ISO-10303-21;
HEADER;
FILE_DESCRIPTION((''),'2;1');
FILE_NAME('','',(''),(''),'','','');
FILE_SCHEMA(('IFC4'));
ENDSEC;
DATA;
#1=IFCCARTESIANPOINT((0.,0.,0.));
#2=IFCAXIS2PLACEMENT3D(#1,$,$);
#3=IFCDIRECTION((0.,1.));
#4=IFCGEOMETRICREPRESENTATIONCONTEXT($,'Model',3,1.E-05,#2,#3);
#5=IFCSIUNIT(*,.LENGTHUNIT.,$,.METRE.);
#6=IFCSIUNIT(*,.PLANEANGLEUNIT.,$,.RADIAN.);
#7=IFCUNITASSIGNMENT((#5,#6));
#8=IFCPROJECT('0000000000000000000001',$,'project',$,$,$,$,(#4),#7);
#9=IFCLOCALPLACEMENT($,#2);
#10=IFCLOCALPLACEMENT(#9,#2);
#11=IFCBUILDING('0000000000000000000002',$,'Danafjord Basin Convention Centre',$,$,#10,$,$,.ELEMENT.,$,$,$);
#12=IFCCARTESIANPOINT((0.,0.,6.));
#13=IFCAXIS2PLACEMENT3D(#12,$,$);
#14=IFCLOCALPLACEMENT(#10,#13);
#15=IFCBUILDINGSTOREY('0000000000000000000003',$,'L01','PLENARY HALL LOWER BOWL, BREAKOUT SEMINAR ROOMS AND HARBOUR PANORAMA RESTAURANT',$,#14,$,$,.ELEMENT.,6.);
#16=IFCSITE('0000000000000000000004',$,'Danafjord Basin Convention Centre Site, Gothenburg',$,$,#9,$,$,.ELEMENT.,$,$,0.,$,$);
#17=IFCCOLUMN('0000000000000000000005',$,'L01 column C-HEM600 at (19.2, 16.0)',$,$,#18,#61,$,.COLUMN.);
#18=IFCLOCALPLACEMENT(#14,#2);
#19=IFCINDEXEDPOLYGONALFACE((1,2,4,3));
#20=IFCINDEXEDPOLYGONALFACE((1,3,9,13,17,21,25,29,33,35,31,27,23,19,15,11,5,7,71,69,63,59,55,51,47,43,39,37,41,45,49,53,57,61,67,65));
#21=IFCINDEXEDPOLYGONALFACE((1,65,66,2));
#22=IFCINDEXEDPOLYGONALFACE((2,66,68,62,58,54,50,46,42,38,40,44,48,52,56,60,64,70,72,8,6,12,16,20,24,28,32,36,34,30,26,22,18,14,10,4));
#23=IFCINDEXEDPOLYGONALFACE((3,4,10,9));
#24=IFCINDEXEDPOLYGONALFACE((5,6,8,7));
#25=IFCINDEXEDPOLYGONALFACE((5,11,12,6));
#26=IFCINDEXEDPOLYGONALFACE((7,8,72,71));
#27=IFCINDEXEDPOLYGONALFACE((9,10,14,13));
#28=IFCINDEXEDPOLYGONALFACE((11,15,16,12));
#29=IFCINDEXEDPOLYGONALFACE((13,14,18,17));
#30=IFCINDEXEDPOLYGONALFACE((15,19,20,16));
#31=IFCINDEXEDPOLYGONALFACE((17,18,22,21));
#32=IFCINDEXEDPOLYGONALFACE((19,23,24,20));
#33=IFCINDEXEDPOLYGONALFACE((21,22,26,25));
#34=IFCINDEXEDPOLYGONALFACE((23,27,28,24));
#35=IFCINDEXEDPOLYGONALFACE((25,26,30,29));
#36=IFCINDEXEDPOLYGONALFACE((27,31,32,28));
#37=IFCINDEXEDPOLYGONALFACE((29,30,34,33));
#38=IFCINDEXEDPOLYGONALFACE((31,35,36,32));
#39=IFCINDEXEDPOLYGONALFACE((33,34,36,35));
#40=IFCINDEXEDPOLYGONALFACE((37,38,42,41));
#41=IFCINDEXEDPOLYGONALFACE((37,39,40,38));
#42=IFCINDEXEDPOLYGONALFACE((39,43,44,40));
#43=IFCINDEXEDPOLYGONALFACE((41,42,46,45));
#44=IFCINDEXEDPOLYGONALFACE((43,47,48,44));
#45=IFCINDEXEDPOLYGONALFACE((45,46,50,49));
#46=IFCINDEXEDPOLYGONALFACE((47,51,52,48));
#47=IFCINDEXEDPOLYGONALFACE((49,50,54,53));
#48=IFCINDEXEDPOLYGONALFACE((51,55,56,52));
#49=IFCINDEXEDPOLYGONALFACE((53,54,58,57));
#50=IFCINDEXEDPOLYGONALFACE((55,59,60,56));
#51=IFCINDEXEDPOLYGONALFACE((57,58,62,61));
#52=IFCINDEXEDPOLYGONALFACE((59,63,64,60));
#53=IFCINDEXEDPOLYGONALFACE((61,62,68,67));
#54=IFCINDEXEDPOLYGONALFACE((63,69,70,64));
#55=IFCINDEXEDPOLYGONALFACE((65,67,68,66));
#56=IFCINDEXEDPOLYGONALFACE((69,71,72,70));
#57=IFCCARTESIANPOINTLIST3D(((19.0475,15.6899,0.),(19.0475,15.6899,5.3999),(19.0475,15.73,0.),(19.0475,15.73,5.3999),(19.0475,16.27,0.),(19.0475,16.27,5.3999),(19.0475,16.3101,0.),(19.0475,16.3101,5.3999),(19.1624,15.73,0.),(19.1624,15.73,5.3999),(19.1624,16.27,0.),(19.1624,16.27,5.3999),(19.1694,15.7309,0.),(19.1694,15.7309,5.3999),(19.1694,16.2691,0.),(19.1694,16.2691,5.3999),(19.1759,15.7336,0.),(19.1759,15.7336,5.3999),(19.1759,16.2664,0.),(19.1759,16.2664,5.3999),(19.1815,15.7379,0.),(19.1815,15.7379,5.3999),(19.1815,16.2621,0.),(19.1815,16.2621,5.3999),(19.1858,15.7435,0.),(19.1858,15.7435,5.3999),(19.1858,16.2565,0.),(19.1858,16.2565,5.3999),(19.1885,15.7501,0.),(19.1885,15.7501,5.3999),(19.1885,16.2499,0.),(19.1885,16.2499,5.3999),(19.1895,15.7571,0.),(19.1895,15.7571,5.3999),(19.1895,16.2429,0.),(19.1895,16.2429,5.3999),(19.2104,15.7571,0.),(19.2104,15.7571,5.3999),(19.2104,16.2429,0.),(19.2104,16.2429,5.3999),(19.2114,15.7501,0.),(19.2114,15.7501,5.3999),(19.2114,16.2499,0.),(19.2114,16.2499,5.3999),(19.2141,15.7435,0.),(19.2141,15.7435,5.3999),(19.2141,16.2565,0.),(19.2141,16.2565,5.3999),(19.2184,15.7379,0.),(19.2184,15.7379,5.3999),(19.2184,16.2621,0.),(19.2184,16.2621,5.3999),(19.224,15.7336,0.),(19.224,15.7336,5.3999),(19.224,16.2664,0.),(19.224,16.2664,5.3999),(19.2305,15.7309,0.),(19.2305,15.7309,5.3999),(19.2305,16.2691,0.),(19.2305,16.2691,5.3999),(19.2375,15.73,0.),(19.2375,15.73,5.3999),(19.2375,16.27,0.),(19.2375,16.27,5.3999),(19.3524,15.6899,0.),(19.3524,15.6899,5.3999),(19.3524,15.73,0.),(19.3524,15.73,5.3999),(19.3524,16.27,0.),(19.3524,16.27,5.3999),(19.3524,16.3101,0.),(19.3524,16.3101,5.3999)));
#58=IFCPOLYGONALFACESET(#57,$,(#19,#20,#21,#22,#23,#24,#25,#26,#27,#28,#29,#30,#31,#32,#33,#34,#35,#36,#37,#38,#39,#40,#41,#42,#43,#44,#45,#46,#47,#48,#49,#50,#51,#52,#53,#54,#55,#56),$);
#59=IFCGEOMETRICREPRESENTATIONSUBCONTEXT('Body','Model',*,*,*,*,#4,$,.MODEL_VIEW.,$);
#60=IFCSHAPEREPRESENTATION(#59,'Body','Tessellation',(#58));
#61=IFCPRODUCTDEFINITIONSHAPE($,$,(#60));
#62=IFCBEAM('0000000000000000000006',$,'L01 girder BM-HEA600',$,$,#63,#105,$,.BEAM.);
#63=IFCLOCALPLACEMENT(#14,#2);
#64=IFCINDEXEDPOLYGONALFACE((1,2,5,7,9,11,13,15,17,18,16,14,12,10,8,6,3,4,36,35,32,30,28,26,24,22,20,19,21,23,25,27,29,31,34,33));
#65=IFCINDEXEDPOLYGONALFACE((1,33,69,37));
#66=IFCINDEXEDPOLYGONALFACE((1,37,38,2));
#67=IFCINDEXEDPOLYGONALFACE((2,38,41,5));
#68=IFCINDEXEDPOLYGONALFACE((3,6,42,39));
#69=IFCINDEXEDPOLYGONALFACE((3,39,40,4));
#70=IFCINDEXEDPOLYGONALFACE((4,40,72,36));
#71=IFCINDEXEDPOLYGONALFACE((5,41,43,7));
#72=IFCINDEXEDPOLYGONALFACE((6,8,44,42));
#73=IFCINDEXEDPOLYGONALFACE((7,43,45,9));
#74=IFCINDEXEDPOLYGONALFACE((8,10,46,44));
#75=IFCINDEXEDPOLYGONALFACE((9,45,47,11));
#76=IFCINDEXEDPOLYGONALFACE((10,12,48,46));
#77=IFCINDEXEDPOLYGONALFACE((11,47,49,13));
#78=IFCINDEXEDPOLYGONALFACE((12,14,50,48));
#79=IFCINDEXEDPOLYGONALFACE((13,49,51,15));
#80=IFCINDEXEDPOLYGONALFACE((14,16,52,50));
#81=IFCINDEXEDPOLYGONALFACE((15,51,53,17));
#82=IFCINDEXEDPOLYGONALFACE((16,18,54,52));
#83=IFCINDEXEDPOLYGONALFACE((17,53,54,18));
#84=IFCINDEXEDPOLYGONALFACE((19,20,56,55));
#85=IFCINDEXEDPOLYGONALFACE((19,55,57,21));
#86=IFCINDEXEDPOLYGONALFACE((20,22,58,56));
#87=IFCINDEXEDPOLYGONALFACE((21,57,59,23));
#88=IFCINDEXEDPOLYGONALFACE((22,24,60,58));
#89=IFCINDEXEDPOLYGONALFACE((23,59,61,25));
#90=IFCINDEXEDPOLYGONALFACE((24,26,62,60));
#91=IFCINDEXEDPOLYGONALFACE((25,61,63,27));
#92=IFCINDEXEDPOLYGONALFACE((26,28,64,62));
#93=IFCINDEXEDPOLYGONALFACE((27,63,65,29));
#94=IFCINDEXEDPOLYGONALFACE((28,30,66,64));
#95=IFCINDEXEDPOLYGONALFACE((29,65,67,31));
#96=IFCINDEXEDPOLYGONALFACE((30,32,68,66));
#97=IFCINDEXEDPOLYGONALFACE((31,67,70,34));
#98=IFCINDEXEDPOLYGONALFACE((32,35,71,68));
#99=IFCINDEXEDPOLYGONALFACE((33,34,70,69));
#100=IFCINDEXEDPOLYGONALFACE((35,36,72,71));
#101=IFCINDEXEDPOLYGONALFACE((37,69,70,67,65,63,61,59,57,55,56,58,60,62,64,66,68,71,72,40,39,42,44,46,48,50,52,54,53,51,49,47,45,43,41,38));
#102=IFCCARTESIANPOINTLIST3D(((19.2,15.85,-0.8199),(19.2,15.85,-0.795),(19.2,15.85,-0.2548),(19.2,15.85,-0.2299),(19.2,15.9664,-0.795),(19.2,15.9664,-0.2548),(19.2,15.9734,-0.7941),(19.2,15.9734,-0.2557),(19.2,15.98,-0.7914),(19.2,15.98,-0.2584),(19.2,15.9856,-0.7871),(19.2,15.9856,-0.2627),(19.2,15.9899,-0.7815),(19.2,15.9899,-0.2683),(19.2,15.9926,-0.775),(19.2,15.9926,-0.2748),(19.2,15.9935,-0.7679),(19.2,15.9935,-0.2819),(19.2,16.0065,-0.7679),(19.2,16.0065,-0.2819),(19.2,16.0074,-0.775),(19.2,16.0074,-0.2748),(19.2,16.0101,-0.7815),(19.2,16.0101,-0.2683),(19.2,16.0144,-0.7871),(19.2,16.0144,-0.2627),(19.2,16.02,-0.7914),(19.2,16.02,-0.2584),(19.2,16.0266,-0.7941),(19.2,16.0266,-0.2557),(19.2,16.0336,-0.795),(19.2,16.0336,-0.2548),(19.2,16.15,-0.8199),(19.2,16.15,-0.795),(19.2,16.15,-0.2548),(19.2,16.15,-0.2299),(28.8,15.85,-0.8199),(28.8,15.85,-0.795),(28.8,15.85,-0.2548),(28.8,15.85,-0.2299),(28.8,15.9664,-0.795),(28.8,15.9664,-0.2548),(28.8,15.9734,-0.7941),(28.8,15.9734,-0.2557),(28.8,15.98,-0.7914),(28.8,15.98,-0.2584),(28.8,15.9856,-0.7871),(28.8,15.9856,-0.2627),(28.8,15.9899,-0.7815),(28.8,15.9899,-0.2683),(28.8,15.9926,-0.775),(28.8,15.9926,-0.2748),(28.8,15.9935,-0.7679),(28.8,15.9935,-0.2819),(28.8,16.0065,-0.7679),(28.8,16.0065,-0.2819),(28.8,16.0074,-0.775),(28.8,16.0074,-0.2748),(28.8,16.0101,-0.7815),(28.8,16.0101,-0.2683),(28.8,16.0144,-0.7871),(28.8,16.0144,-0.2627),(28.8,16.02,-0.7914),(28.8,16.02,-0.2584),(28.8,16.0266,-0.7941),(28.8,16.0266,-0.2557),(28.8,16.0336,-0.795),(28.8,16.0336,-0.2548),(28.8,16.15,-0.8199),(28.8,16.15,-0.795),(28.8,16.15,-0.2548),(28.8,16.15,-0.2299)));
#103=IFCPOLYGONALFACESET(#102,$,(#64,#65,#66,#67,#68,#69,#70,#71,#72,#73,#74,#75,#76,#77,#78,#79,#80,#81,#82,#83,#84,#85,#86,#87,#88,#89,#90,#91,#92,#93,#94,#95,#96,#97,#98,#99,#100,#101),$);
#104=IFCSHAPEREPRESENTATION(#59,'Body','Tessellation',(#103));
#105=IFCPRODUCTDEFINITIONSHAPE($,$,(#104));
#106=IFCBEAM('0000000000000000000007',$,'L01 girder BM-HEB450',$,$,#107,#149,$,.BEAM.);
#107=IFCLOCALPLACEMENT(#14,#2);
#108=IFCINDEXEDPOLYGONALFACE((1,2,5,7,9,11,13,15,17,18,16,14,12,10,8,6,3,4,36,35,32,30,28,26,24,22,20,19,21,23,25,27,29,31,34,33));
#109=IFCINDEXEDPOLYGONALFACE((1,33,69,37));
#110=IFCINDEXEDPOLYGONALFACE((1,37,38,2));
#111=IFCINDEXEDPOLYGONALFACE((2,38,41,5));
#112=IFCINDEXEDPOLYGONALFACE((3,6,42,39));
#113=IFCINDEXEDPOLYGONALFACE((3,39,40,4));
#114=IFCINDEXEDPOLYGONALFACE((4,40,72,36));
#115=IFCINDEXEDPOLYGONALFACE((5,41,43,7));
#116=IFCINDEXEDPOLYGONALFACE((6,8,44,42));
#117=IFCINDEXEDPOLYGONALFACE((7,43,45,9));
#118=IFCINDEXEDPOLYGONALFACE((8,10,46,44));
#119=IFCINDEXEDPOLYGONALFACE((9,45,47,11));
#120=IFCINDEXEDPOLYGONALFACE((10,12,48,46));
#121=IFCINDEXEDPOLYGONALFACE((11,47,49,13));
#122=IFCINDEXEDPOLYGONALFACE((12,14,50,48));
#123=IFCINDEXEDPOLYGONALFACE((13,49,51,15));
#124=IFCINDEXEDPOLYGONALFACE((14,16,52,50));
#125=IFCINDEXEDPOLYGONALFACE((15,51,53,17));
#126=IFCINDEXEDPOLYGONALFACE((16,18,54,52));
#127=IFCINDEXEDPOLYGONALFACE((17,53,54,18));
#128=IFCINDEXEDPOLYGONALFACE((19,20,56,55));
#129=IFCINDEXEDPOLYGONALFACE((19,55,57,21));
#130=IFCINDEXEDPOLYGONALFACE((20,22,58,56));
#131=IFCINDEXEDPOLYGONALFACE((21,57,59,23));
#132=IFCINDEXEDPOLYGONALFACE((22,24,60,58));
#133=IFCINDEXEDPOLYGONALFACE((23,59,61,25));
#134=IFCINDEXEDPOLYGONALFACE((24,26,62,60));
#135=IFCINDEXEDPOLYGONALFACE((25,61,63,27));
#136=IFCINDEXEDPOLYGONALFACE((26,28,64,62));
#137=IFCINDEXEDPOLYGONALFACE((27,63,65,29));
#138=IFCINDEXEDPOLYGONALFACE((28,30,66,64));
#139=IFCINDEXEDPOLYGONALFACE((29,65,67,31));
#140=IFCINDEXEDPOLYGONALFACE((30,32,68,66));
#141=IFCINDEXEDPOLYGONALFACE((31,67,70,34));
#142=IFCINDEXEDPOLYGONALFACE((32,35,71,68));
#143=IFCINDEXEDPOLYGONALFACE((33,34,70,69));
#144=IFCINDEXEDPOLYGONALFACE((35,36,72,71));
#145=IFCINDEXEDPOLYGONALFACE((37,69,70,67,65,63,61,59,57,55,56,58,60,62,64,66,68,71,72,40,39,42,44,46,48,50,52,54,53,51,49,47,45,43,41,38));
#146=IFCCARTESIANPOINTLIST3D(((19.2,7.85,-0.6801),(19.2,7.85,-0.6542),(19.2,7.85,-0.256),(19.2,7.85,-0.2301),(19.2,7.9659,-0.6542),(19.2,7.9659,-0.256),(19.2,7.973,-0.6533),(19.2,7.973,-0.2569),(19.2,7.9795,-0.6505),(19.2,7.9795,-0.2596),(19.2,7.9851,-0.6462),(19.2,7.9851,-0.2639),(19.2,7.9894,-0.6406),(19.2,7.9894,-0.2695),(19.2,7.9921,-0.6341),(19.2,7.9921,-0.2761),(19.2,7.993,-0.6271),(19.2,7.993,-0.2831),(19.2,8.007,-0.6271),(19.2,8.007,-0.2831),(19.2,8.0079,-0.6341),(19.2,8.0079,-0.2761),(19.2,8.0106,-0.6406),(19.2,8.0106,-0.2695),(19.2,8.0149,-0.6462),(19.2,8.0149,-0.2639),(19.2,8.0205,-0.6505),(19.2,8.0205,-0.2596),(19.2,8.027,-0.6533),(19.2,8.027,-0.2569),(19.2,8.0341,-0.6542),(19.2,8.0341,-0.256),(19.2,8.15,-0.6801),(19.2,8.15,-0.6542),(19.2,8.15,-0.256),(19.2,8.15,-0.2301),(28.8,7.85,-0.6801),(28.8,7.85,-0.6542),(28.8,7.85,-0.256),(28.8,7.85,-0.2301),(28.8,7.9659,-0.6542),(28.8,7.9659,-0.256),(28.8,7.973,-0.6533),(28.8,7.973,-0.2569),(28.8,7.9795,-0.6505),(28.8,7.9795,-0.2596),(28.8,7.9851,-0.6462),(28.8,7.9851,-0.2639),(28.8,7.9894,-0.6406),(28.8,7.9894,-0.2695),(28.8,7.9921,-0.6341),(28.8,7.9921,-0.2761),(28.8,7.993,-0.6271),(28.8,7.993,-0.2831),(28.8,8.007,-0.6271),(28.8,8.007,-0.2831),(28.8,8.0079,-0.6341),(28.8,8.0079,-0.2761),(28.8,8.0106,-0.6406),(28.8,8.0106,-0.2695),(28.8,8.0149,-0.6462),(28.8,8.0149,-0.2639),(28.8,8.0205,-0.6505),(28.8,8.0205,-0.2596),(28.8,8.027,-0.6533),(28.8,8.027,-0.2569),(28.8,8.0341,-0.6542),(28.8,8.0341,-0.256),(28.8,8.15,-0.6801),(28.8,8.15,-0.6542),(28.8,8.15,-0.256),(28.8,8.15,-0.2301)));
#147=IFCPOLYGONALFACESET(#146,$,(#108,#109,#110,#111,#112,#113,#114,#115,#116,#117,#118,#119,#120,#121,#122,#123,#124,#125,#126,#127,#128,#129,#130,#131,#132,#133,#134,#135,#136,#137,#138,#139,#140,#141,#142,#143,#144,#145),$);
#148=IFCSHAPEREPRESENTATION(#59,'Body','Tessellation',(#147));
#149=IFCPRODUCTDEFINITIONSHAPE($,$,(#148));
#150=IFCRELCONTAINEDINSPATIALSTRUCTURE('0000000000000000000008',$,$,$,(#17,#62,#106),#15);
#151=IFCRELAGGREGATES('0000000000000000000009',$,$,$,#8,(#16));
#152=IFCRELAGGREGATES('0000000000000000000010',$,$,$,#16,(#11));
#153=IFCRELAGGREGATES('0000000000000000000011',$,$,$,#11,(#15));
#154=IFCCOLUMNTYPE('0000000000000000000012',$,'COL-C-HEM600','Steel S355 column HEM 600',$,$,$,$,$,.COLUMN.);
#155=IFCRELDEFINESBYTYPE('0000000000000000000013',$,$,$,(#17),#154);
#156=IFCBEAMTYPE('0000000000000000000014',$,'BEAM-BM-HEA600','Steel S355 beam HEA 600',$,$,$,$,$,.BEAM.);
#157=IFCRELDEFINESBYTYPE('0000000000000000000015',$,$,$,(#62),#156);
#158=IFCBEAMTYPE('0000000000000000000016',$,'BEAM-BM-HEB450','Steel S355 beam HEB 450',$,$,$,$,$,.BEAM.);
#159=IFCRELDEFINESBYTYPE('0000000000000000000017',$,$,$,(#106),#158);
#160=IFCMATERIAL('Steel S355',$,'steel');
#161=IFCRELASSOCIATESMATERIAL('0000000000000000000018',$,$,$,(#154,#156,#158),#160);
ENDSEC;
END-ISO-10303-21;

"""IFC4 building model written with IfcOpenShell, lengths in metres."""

from ifc_helpers import new_model, si_unit, direction, frame, origin, origin_2d, place, context, subcontext, project, spatial, i_section, extrude, material, material_profile, profile_set, type_object, element, save


model = new_model("IFC4")

# Units and contexts
model_context = context("Model", 3, precision=1e-05, world=origin(), true_north=direction((0.0, 1.0)))
body_context = subcontext(model_context, "Body", "Model", "MODEL_VIEW")
ifc_project = project(units=[si_unit("LENGTHUNIT", "METRE"), si_unit("PLANEANGLEUNIT", "RADIAN")], contexts=[model_context])

# Site, building, storey
site_placement = place(None, origin())
site = spatial("IfcSite", under=ifc_project, at=site_placement, Name="Danafjord Basin Convention Centre Site, Gothenburg", CompositionType="ELEMENT", RefElevation=0.0)
building_placement = place(site_placement, origin())
building = spatial("IfcBuilding", under=site, at=building_placement, Name="Danafjord Basin Convention Centre", CompositionType="ELEMENT")
storey_placement = place(building_placement, frame((0.0, 0.0, 6.0)))
storey = spatial("IfcBuildingStorey", under=building, at=storey_placement, Name="L01", Description="PLENARY HALL LOWER BOWL, BREAKOUT SEMINAR ROOMS AND HARBOUR PANORAMA RESTAURANT", CompositionType="ELEMENT", Elevation=6.0)

# Column
ifc_material_1 = material(Name="Steel S355", Category="steel")
ifc_material_profile_1 = material_profile(ifc_material_1, i_section(OverallWidth=0.3049, OverallDepth=0.6201, WebThickness=0.021, FlangeThickness=0.04, FilletRadius=0.0271, at=origin_2d()), Name="HEM 600")
ifc_profile_set_1 = profile_set([ifc_material_profile_1], Name="Steel S355")
column_type_1 = type_object("IfcColumnType", Name="COL-C-HEM600", Description="Steel S355 column HEM 600", PredefinedType="COLUMN", material=ifc_profile_set_1)
column_1_placement = place(storey_placement, frame((19.2, 16.0, 0.0), z_axis=(0.0, 0.0, 1.0), x_axis=(1.0, 0.0, 0.0)))
element("IfcColumn", 1, at=column_1_placement, inside=storey, type_object=column_type_1, Name="L01 column C-HEM600 at (19.2, 16.0)", PredefinedType="COLUMN", context=body_context, shape_type="SweptSolid", body=[
    extrude(i_section(OverallWidth=0.3049, OverallDepth=0.6201, WebThickness=0.021, FlangeThickness=0.04, FilletRadius=0.0271, at=origin_2d()), origin(), (0.0, 0.0, 1.0), 5.3999),
])

# Beams
ifc_material_profile_2 = material_profile(ifc_material_1, i_section(OverallWidth=0.3, OverallDepth=0.5901, WebThickness=0.0129, FlangeThickness=0.0249, FilletRadius=0.0271, at=origin_2d()), Name="HEA 600")
ifc_profile_set_2 = profile_set([ifc_material_profile_2], Name="Steel S355")
beam_type_1 = type_object("IfcBeamType", Name="BEAM-BM-HEA600", Description="Steel S355 beam HEA 600", PredefinedType="BEAM", material=ifc_profile_set_2)
beam_1_placement = place(storey_placement, frame((19.2, 16.0, -0.5249), z_axis=(1.0, 0.0, 0.0), x_axis=(0.0, 1.0, 0.0)))
element("IfcBeam", 2, at=beam_1_placement, inside=storey, type_object=beam_type_1, Name="L01 girder BM-HEA600", PredefinedType="BEAM", context=body_context, shape_type="SweptSolid", body=[
    extrude(i_section(OverallWidth=0.3, OverallDepth=0.5901, WebThickness=0.0129, FlangeThickness=0.0249, FilletRadius=0.0271, at=origin_2d()), origin(), (0.0, 0.0, 1.0), 9.6001),
])
ifc_material_profile_3 = material_profile(ifc_material_1, i_section(OverallWidth=0.3, OverallDepth=0.45, WebThickness=0.0139, FlangeThickness=0.0259, FilletRadius=0.0271, at=origin_2d()), Name="HEB 450")
ifc_profile_set_3 = profile_set([ifc_material_profile_3], Name="Steel S355")
beam_type_2 = type_object("IfcBeamType", Name="BEAM-BM-HEB450", Description="Steel S355 beam HEB 450", PredefinedType="BEAM", material=ifc_profile_set_3)
beam_2_placement = place(storey_placement, frame((19.2, 8.0, -0.4551), z_axis=(1.0, 0.0, 0.0), x_axis=(0.0, 1.0, 0.0)))
element("IfcBeam", 3, at=beam_2_placement, inside=storey, type_object=beam_type_2, Name="L01 girder BM-HEB450", PredefinedType="BEAM", context=body_context, shape_type="SweptSolid", body=[
    extrude(i_section(OverallWidth=0.3, OverallDepth=0.45, WebThickness=0.0139, FlangeThickness=0.0259, FilletRadius=0.0271, at=origin_2d()), origin(), (0.0, 0.0, 1.0), 9.6001),
])

save(model, "model.ifc")
